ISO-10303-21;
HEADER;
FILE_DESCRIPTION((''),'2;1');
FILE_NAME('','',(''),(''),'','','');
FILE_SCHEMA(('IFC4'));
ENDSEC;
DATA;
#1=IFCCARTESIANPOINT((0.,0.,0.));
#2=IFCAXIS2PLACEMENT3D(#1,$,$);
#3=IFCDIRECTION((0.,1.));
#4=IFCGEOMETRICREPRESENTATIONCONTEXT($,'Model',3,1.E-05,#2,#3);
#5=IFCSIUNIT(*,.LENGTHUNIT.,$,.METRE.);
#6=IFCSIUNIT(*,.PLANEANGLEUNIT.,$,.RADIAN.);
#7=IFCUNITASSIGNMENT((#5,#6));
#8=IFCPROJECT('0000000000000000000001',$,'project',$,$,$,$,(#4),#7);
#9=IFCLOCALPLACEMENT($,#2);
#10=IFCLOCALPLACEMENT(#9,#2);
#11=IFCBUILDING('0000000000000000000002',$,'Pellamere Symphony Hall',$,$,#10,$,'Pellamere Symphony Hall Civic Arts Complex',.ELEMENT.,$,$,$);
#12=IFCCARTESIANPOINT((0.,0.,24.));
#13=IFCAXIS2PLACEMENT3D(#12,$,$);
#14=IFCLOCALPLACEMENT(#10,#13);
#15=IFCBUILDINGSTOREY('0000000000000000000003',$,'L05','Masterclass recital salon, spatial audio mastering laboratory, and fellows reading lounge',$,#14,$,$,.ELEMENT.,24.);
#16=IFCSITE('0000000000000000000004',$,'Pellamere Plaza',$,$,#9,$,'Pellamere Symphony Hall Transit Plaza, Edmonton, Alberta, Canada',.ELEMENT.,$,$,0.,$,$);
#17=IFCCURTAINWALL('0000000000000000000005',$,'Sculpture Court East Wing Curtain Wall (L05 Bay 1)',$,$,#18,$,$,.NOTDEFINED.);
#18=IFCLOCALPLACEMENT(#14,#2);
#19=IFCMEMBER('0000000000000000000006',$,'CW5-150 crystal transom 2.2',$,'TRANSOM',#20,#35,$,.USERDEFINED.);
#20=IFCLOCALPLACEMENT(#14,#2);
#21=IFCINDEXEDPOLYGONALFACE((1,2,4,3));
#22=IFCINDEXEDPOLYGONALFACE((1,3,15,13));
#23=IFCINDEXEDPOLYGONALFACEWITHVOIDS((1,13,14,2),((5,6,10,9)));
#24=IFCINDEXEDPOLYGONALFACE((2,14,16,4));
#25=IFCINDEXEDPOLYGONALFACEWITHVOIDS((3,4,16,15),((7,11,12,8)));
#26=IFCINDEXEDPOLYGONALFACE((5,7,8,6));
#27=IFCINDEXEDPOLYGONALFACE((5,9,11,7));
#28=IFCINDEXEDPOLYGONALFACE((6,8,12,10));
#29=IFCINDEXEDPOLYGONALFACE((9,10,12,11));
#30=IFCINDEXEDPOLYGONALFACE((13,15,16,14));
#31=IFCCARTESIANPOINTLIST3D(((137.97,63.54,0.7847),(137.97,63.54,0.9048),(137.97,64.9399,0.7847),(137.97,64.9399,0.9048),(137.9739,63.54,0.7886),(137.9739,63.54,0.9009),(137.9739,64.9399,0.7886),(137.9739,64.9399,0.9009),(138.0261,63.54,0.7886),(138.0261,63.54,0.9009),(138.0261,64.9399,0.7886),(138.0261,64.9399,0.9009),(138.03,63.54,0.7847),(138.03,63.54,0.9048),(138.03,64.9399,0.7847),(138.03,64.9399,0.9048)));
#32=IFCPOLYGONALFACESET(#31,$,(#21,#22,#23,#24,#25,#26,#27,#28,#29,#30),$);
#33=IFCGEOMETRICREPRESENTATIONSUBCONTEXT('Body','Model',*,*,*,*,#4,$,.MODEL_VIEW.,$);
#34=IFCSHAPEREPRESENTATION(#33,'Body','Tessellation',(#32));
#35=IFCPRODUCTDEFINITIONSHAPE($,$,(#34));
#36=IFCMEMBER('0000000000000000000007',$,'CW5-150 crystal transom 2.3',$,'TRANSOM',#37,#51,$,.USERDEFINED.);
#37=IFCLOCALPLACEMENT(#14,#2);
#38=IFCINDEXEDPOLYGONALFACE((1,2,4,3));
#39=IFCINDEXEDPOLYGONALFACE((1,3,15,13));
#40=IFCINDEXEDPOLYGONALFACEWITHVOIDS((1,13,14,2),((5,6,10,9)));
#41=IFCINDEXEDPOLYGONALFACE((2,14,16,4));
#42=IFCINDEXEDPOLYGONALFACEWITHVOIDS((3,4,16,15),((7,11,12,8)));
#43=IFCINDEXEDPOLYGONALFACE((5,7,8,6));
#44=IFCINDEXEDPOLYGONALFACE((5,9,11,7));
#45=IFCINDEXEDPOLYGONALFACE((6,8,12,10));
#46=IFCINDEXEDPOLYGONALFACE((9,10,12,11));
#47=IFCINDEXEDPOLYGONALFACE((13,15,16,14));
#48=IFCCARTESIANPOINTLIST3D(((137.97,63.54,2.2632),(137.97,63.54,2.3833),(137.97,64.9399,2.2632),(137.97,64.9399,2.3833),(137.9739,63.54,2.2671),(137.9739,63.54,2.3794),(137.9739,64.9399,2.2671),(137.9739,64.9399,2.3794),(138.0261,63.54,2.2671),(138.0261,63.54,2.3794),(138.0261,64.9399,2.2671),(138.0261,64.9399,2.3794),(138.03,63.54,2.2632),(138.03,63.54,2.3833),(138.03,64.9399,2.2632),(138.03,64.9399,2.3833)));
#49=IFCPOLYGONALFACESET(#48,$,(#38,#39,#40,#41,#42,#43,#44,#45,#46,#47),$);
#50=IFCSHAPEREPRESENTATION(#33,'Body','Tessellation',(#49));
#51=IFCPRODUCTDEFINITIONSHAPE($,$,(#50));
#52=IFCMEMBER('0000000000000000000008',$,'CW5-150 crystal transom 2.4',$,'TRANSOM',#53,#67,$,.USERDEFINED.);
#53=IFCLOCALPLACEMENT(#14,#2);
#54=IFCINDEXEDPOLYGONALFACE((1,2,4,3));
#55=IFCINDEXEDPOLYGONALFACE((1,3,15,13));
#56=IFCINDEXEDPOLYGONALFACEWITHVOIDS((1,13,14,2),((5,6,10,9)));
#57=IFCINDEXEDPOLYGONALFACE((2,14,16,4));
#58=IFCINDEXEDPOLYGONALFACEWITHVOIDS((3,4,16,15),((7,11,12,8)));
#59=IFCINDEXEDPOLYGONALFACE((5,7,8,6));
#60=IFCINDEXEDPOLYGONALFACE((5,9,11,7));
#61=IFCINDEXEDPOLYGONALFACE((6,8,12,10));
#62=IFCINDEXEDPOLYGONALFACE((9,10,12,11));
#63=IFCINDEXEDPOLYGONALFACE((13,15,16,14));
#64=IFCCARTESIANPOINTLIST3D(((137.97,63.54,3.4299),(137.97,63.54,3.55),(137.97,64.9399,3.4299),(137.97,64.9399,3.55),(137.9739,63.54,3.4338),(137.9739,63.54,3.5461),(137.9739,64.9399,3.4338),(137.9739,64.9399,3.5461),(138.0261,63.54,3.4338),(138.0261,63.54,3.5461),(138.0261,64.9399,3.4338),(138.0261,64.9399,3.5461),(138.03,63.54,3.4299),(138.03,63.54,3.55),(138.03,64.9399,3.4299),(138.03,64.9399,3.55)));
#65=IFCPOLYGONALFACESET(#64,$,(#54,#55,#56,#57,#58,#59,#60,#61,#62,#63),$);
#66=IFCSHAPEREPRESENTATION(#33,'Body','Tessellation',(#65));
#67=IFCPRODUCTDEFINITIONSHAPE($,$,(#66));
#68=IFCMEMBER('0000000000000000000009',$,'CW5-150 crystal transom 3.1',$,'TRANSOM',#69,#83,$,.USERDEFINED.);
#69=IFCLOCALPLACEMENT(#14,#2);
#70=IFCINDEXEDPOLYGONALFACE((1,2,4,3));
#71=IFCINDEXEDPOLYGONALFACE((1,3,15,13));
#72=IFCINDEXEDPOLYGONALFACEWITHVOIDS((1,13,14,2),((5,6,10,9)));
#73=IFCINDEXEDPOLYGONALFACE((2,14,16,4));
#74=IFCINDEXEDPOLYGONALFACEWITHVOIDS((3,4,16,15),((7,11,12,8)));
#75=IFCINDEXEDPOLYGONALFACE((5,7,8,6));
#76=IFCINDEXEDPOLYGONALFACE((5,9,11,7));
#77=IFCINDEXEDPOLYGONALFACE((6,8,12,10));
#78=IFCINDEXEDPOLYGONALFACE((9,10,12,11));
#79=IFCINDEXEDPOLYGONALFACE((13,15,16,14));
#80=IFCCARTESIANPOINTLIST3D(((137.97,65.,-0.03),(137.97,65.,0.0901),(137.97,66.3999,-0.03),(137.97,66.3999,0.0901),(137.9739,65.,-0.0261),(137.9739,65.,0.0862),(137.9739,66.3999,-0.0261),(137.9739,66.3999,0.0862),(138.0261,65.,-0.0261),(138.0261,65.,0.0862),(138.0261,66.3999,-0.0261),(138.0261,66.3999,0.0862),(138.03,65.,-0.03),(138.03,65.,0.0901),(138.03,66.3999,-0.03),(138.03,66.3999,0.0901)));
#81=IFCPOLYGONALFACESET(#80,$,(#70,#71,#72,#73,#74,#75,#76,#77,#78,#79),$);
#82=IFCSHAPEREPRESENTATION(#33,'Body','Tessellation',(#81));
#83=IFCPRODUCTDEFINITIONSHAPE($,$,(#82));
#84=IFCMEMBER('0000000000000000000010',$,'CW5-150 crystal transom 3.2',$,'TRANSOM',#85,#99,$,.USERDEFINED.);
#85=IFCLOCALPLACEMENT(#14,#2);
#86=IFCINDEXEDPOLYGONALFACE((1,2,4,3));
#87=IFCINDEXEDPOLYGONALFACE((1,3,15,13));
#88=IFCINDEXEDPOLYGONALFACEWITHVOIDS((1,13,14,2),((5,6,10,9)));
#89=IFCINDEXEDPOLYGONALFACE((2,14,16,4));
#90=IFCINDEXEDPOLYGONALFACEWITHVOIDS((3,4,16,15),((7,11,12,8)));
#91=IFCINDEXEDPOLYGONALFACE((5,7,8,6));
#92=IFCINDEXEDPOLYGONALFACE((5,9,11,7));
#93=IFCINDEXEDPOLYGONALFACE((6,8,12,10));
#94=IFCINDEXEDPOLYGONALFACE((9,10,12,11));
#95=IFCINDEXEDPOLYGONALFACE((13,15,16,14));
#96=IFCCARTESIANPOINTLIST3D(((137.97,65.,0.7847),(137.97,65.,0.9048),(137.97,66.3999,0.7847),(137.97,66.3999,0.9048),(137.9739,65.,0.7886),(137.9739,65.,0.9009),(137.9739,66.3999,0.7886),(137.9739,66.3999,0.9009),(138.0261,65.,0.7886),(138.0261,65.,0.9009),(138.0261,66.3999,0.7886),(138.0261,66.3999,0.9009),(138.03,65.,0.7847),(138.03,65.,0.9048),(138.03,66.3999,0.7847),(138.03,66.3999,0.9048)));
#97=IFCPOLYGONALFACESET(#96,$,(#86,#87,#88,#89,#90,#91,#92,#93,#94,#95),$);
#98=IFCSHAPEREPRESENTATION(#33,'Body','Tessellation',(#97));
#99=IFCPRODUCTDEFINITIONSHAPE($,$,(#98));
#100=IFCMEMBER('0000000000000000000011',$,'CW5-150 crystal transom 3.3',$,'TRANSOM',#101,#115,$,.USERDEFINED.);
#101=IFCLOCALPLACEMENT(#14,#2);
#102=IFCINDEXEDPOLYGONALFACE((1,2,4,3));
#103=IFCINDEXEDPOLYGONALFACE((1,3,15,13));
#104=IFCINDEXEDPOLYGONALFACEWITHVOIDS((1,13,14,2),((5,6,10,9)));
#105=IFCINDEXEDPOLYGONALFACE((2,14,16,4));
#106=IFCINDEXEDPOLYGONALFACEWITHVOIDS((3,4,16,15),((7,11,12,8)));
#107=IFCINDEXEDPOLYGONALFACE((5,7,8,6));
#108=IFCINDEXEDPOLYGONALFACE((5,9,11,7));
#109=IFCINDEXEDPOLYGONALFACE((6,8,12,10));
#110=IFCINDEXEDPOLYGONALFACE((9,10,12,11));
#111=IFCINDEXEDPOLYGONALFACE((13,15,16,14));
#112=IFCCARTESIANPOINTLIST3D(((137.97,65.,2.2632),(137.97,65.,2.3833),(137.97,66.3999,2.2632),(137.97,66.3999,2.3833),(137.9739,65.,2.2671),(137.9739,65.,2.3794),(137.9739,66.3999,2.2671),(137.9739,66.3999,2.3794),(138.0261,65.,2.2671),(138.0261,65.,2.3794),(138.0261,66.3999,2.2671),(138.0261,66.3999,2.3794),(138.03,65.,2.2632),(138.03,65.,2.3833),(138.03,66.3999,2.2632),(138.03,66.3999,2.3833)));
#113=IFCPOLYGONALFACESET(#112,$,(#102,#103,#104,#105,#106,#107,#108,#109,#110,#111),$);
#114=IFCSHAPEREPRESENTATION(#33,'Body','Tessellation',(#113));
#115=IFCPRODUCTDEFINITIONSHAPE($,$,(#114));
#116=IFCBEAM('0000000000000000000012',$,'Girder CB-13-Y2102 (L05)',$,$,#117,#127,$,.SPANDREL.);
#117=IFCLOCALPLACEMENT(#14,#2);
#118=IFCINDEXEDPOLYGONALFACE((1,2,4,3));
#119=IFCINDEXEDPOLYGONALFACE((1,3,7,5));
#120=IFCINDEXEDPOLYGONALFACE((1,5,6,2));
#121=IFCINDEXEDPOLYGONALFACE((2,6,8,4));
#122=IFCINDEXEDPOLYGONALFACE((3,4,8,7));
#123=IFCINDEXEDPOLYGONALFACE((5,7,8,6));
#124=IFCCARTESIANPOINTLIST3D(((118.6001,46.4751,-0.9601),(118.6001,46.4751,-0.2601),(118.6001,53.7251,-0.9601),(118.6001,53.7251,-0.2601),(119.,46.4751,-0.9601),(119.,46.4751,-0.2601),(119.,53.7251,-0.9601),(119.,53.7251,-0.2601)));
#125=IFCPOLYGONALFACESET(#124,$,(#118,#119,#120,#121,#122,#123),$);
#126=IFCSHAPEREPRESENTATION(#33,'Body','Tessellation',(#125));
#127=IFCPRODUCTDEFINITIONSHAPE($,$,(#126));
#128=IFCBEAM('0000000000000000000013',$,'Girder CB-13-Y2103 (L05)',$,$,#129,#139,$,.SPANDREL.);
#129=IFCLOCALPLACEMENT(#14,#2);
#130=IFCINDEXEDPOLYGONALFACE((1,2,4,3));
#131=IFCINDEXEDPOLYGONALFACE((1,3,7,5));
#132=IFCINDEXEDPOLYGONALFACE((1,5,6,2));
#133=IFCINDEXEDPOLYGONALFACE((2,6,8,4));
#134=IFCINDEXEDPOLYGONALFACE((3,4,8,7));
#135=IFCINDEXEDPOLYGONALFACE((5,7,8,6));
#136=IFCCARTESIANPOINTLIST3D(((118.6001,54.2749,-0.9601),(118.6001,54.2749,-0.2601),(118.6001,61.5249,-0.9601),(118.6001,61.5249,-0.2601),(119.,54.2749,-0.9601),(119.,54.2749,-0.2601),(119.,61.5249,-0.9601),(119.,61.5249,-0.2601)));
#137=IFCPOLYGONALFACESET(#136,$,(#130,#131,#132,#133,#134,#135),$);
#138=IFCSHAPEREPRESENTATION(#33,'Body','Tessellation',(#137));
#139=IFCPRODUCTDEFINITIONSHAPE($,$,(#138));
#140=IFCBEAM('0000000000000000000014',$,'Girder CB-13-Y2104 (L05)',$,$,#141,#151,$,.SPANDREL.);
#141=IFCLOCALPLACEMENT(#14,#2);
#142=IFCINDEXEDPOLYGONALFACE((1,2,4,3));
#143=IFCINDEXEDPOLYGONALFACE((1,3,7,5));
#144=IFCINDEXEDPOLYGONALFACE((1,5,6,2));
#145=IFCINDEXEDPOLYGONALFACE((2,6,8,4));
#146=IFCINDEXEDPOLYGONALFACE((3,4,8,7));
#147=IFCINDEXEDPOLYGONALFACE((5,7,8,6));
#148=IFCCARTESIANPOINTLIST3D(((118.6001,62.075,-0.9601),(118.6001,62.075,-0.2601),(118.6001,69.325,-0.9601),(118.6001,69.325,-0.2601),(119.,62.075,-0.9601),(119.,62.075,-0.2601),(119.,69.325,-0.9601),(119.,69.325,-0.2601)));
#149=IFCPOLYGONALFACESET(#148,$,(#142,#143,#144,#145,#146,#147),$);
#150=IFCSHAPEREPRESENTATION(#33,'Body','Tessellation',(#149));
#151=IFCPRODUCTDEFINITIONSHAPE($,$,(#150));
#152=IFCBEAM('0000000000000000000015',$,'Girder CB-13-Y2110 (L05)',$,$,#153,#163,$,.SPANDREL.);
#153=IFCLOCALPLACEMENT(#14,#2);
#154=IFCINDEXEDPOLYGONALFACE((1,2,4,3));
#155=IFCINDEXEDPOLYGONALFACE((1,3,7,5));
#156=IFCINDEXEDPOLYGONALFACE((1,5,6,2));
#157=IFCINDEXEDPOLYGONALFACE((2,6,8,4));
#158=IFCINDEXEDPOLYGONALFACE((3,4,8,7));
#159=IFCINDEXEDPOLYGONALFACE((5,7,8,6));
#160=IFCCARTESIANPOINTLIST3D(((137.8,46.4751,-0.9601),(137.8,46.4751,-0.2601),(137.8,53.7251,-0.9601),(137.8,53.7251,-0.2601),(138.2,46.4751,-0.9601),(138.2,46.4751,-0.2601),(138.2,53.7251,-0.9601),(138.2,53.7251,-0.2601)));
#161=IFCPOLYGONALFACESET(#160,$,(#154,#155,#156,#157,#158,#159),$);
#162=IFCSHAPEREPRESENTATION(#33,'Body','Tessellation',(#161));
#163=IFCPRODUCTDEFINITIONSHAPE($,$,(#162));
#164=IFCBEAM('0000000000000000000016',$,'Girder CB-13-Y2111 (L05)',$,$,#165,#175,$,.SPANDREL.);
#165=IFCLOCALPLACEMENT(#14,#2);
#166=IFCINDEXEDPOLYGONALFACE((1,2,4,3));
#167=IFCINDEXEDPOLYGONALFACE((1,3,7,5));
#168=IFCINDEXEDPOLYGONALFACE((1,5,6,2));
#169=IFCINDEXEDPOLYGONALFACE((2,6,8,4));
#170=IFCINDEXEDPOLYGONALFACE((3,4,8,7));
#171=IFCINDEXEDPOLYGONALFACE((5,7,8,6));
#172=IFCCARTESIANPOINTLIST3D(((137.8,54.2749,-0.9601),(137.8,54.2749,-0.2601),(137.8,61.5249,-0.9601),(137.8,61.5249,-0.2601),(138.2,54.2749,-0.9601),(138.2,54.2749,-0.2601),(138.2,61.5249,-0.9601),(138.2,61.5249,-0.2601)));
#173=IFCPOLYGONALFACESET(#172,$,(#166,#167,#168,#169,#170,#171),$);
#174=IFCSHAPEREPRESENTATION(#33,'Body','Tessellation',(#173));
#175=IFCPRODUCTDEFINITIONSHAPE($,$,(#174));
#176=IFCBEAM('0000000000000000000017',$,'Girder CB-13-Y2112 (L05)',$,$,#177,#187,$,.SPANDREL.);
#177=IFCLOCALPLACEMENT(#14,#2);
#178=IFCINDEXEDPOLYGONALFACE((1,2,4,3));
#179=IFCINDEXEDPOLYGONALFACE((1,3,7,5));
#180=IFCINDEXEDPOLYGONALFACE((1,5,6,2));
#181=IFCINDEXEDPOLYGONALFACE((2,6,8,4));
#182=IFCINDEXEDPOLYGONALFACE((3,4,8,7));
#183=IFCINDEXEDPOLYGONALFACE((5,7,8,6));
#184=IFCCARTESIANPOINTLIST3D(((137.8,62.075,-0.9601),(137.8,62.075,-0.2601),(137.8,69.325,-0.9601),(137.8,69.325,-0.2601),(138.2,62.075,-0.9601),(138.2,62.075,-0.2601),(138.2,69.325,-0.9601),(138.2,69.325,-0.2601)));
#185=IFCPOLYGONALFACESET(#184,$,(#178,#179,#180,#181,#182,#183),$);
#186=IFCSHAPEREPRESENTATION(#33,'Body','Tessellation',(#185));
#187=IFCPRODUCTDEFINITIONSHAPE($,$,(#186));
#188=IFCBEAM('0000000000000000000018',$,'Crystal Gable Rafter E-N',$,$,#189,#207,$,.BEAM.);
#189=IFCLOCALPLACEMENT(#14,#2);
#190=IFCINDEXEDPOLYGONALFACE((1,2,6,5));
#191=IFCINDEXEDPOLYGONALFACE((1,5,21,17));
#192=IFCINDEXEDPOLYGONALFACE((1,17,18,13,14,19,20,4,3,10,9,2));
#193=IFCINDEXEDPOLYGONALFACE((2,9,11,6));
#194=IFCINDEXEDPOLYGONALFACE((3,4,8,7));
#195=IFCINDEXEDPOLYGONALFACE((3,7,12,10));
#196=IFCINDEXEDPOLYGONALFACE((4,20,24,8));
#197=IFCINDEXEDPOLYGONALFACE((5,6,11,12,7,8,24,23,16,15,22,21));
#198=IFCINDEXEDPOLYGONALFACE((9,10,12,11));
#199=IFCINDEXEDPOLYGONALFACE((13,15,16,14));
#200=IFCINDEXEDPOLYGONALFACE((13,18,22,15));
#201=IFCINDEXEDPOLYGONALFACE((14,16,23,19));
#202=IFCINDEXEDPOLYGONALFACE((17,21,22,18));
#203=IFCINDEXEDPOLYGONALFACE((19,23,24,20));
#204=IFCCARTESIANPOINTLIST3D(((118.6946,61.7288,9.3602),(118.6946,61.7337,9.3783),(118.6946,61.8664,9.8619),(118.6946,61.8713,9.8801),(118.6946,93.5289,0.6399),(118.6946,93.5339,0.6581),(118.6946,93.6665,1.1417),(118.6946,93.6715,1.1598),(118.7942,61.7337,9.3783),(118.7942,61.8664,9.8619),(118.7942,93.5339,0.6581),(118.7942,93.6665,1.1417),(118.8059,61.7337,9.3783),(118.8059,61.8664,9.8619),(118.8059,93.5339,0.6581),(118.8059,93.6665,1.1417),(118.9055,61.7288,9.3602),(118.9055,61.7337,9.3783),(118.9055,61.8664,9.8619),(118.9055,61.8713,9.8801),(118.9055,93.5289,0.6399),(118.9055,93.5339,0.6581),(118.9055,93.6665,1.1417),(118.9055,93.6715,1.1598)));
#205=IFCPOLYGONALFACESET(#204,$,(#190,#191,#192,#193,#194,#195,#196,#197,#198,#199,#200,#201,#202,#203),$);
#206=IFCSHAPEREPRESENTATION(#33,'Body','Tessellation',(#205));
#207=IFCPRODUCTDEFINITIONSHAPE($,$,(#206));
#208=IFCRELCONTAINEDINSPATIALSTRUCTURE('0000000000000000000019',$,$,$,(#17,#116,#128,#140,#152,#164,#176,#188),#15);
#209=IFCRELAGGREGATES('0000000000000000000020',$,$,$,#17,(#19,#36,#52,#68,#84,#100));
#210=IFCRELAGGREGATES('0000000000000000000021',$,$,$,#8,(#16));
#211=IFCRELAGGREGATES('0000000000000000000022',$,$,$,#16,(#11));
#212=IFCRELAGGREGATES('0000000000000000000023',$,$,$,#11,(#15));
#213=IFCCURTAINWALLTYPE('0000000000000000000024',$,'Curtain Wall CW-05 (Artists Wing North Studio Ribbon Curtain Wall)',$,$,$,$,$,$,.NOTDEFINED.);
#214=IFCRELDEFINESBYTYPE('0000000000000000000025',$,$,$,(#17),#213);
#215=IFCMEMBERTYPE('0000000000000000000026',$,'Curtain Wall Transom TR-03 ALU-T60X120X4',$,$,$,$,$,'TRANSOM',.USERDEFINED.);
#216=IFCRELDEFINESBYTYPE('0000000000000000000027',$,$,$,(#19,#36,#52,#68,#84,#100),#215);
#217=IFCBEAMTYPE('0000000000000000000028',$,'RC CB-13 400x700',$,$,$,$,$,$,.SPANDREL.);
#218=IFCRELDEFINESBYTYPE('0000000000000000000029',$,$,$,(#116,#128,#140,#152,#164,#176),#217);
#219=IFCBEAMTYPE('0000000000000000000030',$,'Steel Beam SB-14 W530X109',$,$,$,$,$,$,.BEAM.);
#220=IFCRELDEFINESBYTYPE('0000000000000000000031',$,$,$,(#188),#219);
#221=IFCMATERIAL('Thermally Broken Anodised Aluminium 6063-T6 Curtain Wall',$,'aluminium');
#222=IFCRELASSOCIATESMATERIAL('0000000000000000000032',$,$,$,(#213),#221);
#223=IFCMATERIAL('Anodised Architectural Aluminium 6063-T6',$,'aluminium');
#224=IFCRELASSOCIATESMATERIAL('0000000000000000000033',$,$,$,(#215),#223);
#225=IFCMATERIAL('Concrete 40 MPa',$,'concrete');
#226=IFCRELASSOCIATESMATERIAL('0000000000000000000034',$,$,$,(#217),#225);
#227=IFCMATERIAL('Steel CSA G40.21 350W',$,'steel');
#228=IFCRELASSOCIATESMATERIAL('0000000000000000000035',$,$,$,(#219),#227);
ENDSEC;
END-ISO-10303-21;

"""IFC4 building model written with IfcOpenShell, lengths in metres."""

from ifc_helpers import new_model, si_unit, direction, frame, origin, origin_2d, place, context, subcontext, project, spatial, rectangle, hollow_rectangle, i_section, extrude, material, material_profile, profile_set, type_object, element, aggregate, save


model = new_model("IFC4")

# Units and contexts
model_context = context("Model", 3, precision=1e-05, world=origin(), true_north=direction((0.0, 1.0)))
body_context = subcontext(model_context, "Body", "Model", "MODEL_VIEW")
ifc_project = project(units=[si_unit("LENGTHUNIT", "METRE"), si_unit("PLANEANGLEUNIT", "RADIAN")], contexts=[model_context])

# Site, building, storey
site_placement = place(None, origin())
site = spatial("IfcSite", under=ifc_project, at=site_placement, Name="Pellamere Plaza", LongName="Pellamere Symphony Hall Transit Plaza, Edmonton, Alberta, Canada", CompositionType="ELEMENT", RefElevation=0.0)
building_placement = place(site_placement, origin())
building = spatial("IfcBuilding", under=site, at=building_placement, Name="Pellamere Symphony Hall", LongName="Pellamere Symphony Hall Civic Arts Complex", CompositionType="ELEMENT")
storey_placement = place(building_placement, frame((0.0, 0.0, 24.0)))
storey = spatial("IfcBuildingStorey", under=building, at=storey_placement, Name="L05", Description="Masterclass recital salon, spatial audio mastering laboratory, and fellows reading lounge", CompositionType="ELEMENT", Elevation=24.0)

# Curtain wall, members
ifc_material_1 = material(Name="Thermally Broken Anodised Aluminium 6063-T6 Curtain Wall", Category="aluminium")
curtain_wall_type = type_object("IfcCurtainWallType", Name="Curtain Wall CW-05 (Artists Wing North Studio Ribbon Curtain Wall)", PredefinedType="NOTDEFINED", material=ifc_material_1)
curtain_wall_placement = place(storey_placement, origin())
curtain_wall = element("IfcCurtainWall", 1, at=curtain_wall_placement, inside=storey, type_object=curtain_wall_type, Name="Sculpture Court East Wing Curtain Wall (L05 Bay 1)", PredefinedType="NOTDEFINED")
ifc_material_2 = material(Name="Anodised Architectural Aluminium 6063-T6", Category="aluminium")
ifc_material_profile_1 = material_profile(ifc_material_2, hollow_rectangle(XDim=0.0601, YDim=0.1201, WallThickness=0.0039, at=origin_2d()), Name="ALU-T60X120X4")
ifc_profile_set_1 = profile_set([ifc_material_profile_1], Name="Anodised Architectural Aluminium 6063-T6")
member_type_1 = type_object("IfcMemberType", Name="Curtain Wall Transom TR-03 ALU-T60X120X4", ElementType="TRANSOM", PredefinedType="USERDEFINED", material=ifc_profile_set_1)
member_1_placement = place(storey_placement, frame((138.0, 63.54, 0.8447), z_axis=(0.0, 1.0, 0.0), x_axis=(-1.0, 0.0, 0.0)))
member_1 = element("IfcMember", 2, at=member_1_placement, type_object=member_type_1, Name="CW5-150 crystal transom 2.2", ObjectType="TRANSOM", PredefinedType="USERDEFINED", context=body_context, shape_type="SweptSolid", body=[
    extrude(hollow_rectangle(XDim=0.0601, YDim=0.1201, WallThickness=0.0039, at=origin_2d()), origin(), (0.0, 0.0, 1.0), 1.3999),
])
member_2_placement = place(storey_placement, frame((138.0, 63.54, 2.3232), z_axis=(0.0, 1.0, 0.0), x_axis=(-1.0, 0.0, 0.0)))
member_2 = element("IfcMember", 3, at=member_2_placement, type_object=member_type_1, Name="CW5-150 crystal transom 2.3", ObjectType="TRANSOM", PredefinedType="USERDEFINED", context=body_context, shape_type="SweptSolid", body=[
    extrude(hollow_rectangle(XDim=0.0601, YDim=0.1201, WallThickness=0.0039, at=origin_2d()), origin(), (0.0, 0.0, 1.0), 1.3999),
])
member_3_placement = place(storey_placement, frame((138.0, 63.54, 3.49), z_axis=(0.0, 1.0, 0.0), x_axis=(-1.0, 0.0, 0.0)))
member_3 = element("IfcMember", 4, at=member_3_placement, type_object=member_type_1, Name="CW5-150 crystal transom 2.4", ObjectType="TRANSOM", PredefinedType="USERDEFINED", context=body_context, shape_type="SweptSolid", body=[
    extrude(hollow_rectangle(XDim=0.0601, YDim=0.1201, WallThickness=0.0039, at=origin_2d()), origin(), (0.0, 0.0, 1.0), 1.3999),
])
member_4_placement = place(storey_placement, frame((138.0, 65.0, 0.03), z_axis=(0.0, 1.0, 0.0), x_axis=(-1.0, 0.0, 0.0)))
member_4 = element("IfcMember", 5, at=member_4_placement, type_object=member_type_1, Name="CW5-150 crystal transom 3.1", ObjectType="TRANSOM", PredefinedType="USERDEFINED", context=body_context, shape_type="SweptSolid", body=[
    extrude(hollow_rectangle(XDim=0.0601, YDim=0.1201, WallThickness=0.0039, at=origin_2d()), origin(), (0.0, 0.0, 1.0), 1.3999),
])
member_5_placement = place(storey_placement, frame((138.0, 65.0, 0.8447), z_axis=(0.0, 1.0, 0.0), x_axis=(-1.0, 0.0, 0.0)))
member_5 = element("IfcMember", 6, at=member_5_placement, type_object=member_type_1, Name="CW5-150 crystal transom 3.2", ObjectType="TRANSOM", PredefinedType="USERDEFINED", context=body_context, shape_type="SweptSolid", body=[
    extrude(hollow_rectangle(XDim=0.0601, YDim=0.1201, WallThickness=0.0039, at=origin_2d()), origin(), (0.0, 0.0, 1.0), 1.3999),
])
member_6_placement = place(storey_placement, frame((138.0, 65.0, 2.3232), z_axis=(0.0, 1.0, 0.0), x_axis=(-1.0, 0.0, 0.0)))
member_6 = element("IfcMember", 7, at=member_6_placement, type_object=member_type_1, Name="CW5-150 crystal transom 3.3", ObjectType="TRANSOM", PredefinedType="USERDEFINED", context=body_context, shape_type="SweptSolid", body=[
    extrude(hollow_rectangle(XDim=0.0601, YDim=0.1201, WallThickness=0.0039, at=origin_2d()), origin(), (0.0, 0.0, 1.0), 1.3999),
])

# Beams
ifc_material_3 = material(Name="Concrete 40 MPa", Category="concrete")
ifc_material_profile_2 = material_profile(ifc_material_3, rectangle(XDim=0.3999, YDim=0.7, at=origin_2d()), Name="RC 400x700")
ifc_profile_set_2 = profile_set([ifc_material_profile_2], Name="Concrete 40 MPa")
beam_type_1 = type_object("IfcBeamType", Name="RC CB-13 400x700", PredefinedType="SPANDREL", material=ifc_profile_set_2)
for number, where, z_axis, x_axis, name in (
    (8, (118.8, 46.4751, -0.6101), (0.0, 1.0, 0.0), (-1.0, 0.0, 0.0), "Girder CB-13-Y2102 (L05)"),
    (9, (118.8, 54.2749, -0.6101), (0.0, 1.0, 0.0), (-1.0, 0.0, 0.0), "Girder CB-13-Y2103 (L05)"),
    (10, (118.8, 62.075, -0.6101), (0.0, 1.0, 0.0), (-1.0, 0.0, 0.0), "Girder CB-13-Y2104 (L05)"),
    (11, (138.0, 46.4751, -0.6101), (0.0, 1.0, 0.0), (-1.0, 0.0, 0.0), "Girder CB-13-Y2110 (L05)"),
    (12, (138.0, 54.2749, -0.6101), (0.0, 1.0, 0.0), (-1.0, 0.0, 0.0), "Girder CB-13-Y2111 (L05)"),
    (13, (138.0, 62.075, -0.6101), (0.0, 1.0, 0.0), (-1.0, 0.0, 0.0), "Girder CB-13-Y2112 (L05)"),
):
    element("IfcBeam", number, at=place(storey_placement, frame(where, z_axis=z_axis, x_axis=x_axis)), inside=storey, type_object=beam_type_1, Name=name, PredefinedType="SPANDREL", context=body_context, shape_type="SweptSolid", body=[
        extrude(rectangle(XDim=0.3999, YDim=0.7, at=origin_2d()), origin(), (0.0, 0.0, 1.0), 7.25),
    ])
ifc_material_4 = material(Name="Steel CSA G40.21 350W", Category="steel")
ifc_material_profile_3 = material_profile(ifc_material_4, i_section(OverallWidth=0.2109, OverallDepth=0.5391, WebThickness=0.0117, FlangeThickness=0.0188, at=origin_2d()), Name="W530X109")
ifc_profile_set_3 = profile_set([ifc_material_profile_3], Name="Steel CSA G40.21 350W")
beam_type_2 = type_object("IfcBeamType", Name="Steel Beam SB-14 W530X109", PredefinedType="BEAM", material=ifc_profile_set_3)
beam_placement = place(storey_placement, frame((118.8, 61.8, 9.6201), z_axis=(0.0, 0.964397, -0.264457), x_axis=(-1.0, 0.0, 0.0)))
element("IfcBeam", 14, at=beam_placement, inside=storey, type_object=beam_type_2, Name="Crystal Gable Rafter E-N", PredefinedType="BEAM", context=body_context, shape_type="SweptSolid", body=[
    extrude(i_section(OverallWidth=0.2109, OverallDepth=0.5391, WebThickness=0.0117, FlangeThickness=0.0188, at=origin_2d()), origin(), (0.0, 0.0, 1.0), 32.9741),
])

aggregate(curtain_wall, [member_1, member_2, member_3, member_4, member_5, member_6])

save(model, "model.ifc")
